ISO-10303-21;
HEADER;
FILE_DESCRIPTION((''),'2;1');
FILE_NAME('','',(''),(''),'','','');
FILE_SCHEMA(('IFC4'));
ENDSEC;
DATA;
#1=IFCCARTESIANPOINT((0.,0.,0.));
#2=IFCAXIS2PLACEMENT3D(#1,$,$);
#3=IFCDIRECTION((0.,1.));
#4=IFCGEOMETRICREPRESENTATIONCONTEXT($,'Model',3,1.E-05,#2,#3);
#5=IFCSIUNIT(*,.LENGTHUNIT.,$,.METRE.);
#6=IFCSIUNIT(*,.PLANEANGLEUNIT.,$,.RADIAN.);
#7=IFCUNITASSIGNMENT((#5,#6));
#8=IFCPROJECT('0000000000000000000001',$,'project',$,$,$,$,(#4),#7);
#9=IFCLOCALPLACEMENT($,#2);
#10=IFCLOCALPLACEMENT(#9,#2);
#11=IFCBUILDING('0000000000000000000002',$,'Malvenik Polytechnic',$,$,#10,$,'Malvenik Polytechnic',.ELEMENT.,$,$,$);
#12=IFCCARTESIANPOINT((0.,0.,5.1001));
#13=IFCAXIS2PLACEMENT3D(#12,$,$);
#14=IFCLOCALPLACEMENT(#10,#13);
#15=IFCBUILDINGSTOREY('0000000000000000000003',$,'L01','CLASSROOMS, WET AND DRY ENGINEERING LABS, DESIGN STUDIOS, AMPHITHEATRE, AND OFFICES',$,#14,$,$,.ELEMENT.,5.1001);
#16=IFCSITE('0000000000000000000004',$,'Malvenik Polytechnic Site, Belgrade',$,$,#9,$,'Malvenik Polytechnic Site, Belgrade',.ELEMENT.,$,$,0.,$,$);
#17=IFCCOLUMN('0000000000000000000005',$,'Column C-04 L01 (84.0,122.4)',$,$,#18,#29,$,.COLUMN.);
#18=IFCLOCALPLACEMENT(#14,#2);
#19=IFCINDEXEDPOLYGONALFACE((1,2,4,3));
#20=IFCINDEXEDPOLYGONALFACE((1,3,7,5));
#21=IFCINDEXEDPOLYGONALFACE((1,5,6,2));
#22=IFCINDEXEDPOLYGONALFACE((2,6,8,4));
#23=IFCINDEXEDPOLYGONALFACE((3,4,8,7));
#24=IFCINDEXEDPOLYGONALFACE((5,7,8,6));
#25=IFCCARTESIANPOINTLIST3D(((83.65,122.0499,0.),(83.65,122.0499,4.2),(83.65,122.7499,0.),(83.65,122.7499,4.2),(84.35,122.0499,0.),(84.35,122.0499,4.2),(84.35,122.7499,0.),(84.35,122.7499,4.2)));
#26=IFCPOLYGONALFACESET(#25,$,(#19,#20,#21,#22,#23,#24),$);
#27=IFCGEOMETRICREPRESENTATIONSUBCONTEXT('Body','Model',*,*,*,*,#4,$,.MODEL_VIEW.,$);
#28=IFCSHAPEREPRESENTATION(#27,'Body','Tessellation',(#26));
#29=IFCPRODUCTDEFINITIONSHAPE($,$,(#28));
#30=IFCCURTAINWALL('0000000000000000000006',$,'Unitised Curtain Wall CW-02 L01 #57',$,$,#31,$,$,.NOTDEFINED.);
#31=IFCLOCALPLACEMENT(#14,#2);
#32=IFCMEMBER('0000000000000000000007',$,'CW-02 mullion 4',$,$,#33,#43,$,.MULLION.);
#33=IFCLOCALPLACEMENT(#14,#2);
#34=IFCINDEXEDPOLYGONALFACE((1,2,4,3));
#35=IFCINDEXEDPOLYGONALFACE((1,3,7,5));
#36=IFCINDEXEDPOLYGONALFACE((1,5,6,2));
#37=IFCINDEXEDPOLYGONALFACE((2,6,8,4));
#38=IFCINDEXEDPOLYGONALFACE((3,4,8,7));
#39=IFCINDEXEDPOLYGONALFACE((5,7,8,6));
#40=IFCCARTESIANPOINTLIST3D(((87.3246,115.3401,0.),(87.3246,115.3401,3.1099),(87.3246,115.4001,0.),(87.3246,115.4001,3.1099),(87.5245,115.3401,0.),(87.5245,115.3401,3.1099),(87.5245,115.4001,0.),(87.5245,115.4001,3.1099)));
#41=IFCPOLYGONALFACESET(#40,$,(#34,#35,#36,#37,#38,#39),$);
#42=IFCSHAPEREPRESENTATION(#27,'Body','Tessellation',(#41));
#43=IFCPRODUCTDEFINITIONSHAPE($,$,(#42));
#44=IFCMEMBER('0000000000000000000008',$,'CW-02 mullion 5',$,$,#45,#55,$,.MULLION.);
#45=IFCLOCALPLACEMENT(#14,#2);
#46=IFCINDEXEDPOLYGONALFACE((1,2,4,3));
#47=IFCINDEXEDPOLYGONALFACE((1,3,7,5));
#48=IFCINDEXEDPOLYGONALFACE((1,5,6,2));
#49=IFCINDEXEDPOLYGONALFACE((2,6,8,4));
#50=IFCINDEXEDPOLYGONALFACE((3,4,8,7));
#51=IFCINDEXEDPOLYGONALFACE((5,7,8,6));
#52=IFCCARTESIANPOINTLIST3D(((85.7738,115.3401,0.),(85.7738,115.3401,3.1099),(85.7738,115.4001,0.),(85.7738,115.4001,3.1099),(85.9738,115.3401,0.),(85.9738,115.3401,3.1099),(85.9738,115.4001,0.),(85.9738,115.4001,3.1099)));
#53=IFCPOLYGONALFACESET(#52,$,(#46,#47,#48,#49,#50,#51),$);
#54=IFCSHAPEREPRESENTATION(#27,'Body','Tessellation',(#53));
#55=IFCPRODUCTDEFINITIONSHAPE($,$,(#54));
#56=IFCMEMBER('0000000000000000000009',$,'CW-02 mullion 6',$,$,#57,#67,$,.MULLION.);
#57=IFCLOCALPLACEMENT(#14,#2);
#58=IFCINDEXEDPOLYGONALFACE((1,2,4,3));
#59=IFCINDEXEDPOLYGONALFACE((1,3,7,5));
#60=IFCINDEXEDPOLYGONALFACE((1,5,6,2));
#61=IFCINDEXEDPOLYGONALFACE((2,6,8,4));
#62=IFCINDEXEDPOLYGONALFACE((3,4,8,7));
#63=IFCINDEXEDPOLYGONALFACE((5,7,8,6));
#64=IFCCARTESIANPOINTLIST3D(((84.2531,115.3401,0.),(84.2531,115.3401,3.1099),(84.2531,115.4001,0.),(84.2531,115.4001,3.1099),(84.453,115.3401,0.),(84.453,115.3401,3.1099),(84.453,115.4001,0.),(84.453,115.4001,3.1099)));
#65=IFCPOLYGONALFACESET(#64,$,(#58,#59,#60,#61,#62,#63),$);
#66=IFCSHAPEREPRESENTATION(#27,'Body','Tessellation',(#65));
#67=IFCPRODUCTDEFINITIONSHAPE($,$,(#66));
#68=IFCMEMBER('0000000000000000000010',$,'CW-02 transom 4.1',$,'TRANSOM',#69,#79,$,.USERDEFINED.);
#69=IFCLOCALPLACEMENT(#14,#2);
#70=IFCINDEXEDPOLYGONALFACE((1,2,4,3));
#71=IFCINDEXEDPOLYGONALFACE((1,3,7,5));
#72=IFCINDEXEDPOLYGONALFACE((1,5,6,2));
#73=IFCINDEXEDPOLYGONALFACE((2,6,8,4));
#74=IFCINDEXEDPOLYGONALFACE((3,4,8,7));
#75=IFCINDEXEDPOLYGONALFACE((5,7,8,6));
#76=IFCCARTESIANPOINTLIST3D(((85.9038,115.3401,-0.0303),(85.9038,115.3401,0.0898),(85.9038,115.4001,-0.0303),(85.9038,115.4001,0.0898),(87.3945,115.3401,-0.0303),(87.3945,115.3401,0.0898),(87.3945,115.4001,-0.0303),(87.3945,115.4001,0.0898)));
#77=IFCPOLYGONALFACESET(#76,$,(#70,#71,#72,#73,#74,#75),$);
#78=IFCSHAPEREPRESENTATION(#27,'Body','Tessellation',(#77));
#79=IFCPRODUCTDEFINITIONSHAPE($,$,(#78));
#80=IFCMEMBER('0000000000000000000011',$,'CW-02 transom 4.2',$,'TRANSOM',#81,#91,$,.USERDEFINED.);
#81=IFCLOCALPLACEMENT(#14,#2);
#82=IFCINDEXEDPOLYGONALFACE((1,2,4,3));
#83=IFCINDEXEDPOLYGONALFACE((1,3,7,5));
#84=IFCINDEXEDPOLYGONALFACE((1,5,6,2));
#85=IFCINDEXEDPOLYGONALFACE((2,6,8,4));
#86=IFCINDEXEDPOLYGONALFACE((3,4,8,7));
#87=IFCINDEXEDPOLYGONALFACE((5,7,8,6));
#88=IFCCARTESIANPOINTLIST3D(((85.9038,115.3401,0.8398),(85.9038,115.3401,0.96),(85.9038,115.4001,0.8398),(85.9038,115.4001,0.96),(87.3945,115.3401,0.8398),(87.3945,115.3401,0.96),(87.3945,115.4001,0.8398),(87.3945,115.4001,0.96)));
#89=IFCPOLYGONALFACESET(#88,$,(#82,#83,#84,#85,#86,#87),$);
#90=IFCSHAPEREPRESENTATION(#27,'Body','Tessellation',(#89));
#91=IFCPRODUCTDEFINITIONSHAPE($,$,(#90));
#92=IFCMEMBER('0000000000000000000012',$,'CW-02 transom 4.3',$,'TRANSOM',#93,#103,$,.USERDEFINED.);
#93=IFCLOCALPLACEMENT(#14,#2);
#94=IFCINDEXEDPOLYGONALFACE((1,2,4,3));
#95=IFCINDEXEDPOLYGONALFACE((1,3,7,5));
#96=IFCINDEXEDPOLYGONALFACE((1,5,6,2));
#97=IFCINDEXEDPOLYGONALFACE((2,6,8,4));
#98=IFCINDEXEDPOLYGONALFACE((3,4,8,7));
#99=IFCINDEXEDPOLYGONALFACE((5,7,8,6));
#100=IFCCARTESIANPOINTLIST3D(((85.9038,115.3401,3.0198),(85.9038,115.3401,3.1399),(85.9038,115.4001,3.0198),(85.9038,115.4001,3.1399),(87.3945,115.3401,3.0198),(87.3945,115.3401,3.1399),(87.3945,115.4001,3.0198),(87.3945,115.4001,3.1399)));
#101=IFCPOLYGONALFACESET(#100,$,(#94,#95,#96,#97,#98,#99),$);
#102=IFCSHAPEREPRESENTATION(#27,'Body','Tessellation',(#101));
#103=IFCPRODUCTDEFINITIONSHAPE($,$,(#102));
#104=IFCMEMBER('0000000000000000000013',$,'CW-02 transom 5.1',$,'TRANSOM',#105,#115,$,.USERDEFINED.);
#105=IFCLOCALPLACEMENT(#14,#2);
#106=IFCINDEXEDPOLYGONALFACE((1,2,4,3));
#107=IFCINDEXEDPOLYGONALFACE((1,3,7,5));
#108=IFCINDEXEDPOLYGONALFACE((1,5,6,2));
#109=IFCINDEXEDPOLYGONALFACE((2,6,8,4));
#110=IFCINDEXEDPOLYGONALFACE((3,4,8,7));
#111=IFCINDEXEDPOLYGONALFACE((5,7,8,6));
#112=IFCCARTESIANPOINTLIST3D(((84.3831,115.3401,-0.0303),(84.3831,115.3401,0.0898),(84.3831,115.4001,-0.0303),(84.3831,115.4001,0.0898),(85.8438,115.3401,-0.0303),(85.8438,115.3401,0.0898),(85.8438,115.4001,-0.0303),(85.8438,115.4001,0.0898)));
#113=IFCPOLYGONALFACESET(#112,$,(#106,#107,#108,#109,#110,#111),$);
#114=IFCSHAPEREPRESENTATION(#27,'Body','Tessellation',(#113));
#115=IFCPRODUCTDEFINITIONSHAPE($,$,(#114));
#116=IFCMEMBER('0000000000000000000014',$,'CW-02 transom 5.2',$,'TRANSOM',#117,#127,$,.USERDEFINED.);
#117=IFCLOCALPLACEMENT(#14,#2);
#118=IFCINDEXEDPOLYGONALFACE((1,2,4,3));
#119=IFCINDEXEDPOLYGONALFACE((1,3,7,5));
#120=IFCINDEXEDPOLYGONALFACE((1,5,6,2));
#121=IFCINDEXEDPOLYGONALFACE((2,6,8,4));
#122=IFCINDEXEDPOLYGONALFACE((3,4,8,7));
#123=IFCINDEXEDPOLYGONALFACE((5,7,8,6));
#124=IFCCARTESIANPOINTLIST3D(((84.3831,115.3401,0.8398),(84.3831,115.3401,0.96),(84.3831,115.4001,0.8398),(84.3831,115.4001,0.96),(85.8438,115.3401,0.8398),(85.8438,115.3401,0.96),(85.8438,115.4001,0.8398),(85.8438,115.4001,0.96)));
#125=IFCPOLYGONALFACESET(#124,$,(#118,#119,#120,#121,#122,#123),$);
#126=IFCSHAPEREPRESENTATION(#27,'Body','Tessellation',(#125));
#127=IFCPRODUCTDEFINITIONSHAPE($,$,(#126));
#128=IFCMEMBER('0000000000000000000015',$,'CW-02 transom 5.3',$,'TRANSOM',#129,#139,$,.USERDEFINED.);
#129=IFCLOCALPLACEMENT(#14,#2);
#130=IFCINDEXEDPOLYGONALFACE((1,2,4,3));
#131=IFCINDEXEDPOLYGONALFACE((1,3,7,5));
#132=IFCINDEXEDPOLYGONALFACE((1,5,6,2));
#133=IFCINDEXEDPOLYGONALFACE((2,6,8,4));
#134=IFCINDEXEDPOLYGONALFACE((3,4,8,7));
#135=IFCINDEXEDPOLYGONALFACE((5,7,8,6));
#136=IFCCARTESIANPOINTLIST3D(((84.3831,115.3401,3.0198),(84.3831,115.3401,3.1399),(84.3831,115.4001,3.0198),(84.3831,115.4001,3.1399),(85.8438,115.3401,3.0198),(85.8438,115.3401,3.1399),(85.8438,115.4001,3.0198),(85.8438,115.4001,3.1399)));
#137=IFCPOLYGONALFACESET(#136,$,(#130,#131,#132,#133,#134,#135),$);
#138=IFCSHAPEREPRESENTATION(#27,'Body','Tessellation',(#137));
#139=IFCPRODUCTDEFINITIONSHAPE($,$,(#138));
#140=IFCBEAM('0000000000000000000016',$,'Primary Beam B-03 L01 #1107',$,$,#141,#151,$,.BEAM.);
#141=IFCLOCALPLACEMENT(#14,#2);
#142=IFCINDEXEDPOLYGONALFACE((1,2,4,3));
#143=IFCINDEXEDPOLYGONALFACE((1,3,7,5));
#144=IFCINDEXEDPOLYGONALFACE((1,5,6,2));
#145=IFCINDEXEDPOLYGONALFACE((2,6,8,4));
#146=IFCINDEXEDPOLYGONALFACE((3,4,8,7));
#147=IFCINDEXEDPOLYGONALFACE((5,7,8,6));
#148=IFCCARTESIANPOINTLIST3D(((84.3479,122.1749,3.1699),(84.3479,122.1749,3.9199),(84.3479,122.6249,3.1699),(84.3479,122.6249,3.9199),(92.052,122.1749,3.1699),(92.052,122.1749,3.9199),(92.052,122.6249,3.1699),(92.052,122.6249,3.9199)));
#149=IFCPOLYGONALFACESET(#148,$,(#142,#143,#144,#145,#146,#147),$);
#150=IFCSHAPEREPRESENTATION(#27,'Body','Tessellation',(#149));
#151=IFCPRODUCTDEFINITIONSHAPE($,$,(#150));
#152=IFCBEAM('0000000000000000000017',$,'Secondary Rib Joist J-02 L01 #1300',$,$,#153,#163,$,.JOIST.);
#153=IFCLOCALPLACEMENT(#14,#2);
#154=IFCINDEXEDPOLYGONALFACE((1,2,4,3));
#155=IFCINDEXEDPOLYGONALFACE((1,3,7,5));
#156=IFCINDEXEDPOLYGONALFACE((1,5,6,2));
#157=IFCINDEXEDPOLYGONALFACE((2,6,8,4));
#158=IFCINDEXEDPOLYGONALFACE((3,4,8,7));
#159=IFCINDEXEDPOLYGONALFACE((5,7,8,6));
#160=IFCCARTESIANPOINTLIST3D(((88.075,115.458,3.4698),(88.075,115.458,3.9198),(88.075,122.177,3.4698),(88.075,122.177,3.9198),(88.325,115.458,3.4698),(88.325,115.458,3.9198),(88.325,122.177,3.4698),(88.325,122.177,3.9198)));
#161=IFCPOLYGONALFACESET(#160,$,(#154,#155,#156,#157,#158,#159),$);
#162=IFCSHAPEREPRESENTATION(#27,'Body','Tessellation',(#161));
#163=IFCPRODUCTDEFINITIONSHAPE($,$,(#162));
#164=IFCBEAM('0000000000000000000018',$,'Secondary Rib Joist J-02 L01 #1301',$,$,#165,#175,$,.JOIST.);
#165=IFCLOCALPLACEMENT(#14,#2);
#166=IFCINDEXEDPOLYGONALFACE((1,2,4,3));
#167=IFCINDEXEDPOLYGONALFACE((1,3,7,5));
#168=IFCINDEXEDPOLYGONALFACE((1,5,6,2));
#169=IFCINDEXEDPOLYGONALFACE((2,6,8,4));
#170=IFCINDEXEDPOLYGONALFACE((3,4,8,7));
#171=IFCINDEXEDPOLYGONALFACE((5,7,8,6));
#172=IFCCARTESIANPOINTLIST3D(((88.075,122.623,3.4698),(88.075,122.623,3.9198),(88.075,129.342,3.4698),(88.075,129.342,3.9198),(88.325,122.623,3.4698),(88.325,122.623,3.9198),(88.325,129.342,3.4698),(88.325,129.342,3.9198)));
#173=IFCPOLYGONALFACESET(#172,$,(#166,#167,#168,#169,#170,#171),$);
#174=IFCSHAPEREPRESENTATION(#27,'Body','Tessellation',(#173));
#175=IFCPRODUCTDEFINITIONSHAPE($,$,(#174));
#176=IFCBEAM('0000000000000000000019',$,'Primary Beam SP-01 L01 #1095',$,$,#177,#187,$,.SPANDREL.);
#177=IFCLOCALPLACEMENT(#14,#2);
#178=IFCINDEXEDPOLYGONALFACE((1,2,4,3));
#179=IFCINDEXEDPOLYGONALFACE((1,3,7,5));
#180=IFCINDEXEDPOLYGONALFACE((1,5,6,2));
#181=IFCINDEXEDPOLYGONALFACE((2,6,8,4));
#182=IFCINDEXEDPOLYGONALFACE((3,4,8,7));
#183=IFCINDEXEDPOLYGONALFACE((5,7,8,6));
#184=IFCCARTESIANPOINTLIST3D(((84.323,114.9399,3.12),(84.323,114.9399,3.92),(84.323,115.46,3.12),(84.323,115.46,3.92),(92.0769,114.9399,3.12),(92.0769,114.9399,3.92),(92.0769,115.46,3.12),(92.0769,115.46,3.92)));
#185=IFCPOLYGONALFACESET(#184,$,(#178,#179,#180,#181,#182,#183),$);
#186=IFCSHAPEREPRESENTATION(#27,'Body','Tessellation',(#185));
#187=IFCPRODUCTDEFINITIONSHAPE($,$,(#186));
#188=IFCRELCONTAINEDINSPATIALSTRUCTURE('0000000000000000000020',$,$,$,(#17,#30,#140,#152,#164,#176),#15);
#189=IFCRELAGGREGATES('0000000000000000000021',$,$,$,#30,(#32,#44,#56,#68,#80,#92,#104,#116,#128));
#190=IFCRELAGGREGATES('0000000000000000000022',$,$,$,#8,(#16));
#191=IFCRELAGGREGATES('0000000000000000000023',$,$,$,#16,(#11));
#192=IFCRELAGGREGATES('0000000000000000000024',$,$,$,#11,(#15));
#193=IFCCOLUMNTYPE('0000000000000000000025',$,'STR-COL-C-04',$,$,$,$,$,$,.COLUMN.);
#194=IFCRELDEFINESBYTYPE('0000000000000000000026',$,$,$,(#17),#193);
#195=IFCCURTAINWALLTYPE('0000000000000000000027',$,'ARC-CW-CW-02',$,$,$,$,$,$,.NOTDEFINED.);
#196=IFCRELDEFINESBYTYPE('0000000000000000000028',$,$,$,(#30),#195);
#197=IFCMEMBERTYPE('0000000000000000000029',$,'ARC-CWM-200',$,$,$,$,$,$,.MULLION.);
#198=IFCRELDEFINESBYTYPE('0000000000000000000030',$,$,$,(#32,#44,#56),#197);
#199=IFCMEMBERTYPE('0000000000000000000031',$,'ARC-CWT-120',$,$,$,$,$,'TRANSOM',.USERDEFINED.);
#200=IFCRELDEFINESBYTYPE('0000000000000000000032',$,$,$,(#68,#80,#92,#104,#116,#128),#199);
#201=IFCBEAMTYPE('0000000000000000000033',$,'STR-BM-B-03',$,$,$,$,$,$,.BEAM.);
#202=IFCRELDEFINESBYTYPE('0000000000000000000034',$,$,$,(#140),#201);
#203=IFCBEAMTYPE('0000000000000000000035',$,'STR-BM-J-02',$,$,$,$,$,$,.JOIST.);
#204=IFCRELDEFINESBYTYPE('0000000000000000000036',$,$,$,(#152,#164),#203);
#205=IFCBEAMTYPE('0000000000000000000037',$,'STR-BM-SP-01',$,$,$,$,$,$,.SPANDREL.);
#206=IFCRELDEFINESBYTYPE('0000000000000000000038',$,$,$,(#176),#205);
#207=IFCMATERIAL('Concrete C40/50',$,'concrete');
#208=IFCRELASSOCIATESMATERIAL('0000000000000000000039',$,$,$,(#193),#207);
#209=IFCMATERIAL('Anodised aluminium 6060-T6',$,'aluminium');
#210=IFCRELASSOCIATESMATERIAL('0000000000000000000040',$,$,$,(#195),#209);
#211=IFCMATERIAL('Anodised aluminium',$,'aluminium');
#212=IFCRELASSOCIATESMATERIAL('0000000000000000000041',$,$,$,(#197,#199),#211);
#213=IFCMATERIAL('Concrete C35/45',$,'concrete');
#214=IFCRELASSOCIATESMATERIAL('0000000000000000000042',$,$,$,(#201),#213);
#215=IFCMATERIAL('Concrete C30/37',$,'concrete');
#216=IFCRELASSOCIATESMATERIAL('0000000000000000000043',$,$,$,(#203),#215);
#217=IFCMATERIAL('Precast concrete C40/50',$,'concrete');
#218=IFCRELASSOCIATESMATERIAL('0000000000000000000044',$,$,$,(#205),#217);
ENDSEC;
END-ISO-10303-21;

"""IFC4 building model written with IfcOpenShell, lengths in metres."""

from ifc_helpers import new_model, si_unit, direction, frame, origin, origin_2d, place, context, subcontext, project, spatial, rectangle, extrude, material, material_profile, profile_set, type_object, element, aggregate, save


model = new_model("IFC4")

# Units and contexts
model_context = context("Model", 3, precision=1e-05, world=origin(), true_north=direction((0.0, 1.0)))
body_context = subcontext(model_context, "Body", "Model", "MODEL_VIEW")
ifc_project = project(units=[si_unit("LENGTHUNIT", "METRE"), si_unit("PLANEANGLEUNIT", "RADIAN")], contexts=[model_context])

# Site, building, storey
site_placement = place(None, origin())
site = spatial("IfcSite", under=ifc_project, at=site_placement, Name="Malvenik Polytechnic Site, Belgrade", LongName="Malvenik Polytechnic Site, Belgrade", CompositionType="ELEMENT", RefElevation=0.0)
building_placement = place(site_placement, origin())
building = spatial("IfcBuilding", under=site, at=building_placement, Name="Malvenik Polytechnic", LongName="Malvenik Polytechnic", CompositionType="ELEMENT")
storey_placement = place(building_placement, frame((0.0, 0.0, 5.1001)))
storey = spatial("IfcBuildingStorey", under=building, at=storey_placement, Name="L01", Description="CLASSROOMS, WET AND DRY ENGINEERING LABS, DESIGN STUDIOS, AMPHITHEATRE, AND OFFICES", CompositionType="ELEMENT", Elevation=5.1001)

# Column
ifc_material_1 = material(Name="Concrete C40/50", Category="concrete")
ifc_material_profile_1 = material_profile(ifc_material_1, rectangle(XDim=0.7, YDim=0.7, at=origin_2d()), Name="RC COL 700x700")
ifc_profile_set_1 = profile_set([ifc_material_profile_1], Name="Concrete C40/50")
column_type = type_object("IfcColumnType", Name="STR-COL-C-04", PredefinedType="COLUMN", material=ifc_profile_set_1)
column_placement = place(storey_placement, frame((84.0, 122.3999, 0.0), z_axis=(0.0, 0.0, 1.0), x_axis=(1.0, 0.0, 0.0)))
element("IfcColumn", 1, at=column_placement, inside=storey, type_object=column_type, Name="Column C-04 L01 (84.0,122.4)", PredefinedType="COLUMN", context=body_context, shape_type="SweptSolid", body=[
    extrude(rectangle(XDim=0.7, YDim=0.7, at=origin_2d()), origin(), (0.0, 0.0, 1.0), 4.2),
])

# Curtain wall, members
ifc_material_2 = material(Name="Anodised aluminium 6060-T6", Category="aluminium")
curtain_wall_type = type_object("IfcCurtainWallType", Name="ARC-CW-CW-02", PredefinedType="NOTDEFINED", material=ifc_material_2)
curtain_wall_placement = place(storey_placement, origin())
curtain_wall = element("IfcCurtainWall", 2, at=curtain_wall_placement, inside=storey, type_object=curtain_wall_type, Name="Unitised Curtain Wall CW-02 L01 #57", PredefinedType="NOTDEFINED")
ifc_material_3 = material(Name="Anodised aluminium", Category="aluminium")
ifc_material_profile_2 = material_profile(ifc_material_3, rectangle(XDim=0.0601, YDim=0.2, at=origin_2d()), Name="ALU MULLION 60x200")
ifc_profile_set_2 = profile_set([ifc_material_profile_2], Name="Anodised aluminium")
member_type_1 = type_object("IfcMemberType", Name="ARC-CWM-200", PredefinedType="MULLION", material=ifc_profile_set_2)
member_1_placement = place(storey_placement, frame((87.4246, 115.3701, 0.0), z_axis=(0.0, 0.0, 1.0), x_axis=(0.0, -1.0, 0.0)))
member_1 = element("IfcMember", 3, at=member_1_placement, type_object=member_type_1, Name="CW-02 mullion 4", PredefinedType="MULLION", context=body_context, shape_type="SweptSolid", body=[
    extrude(rectangle(XDim=0.0601, YDim=0.2, at=origin_2d()), origin(), (0.0, 0.0, 1.0), 3.1099),
])
member_2_placement = place(storey_placement, frame((85.8738, 115.3701, 0.0), z_axis=(0.0, 0.0, 1.0), x_axis=(0.0, -1.0, 0.0)))
member_2 = element("IfcMember", 4, at=member_2_placement, type_object=member_type_1, Name="CW-02 mullion 5", PredefinedType="MULLION", context=body_context, shape_type="SweptSolid", body=[
    extrude(rectangle(XDim=0.0601, YDim=0.2, at=origin_2d()), origin(), (0.0, 0.0, 1.0), 3.1099),
])
member_3_placement = place(storey_placement, frame((84.353, 115.3701, 0.0), z_axis=(0.0, 0.0, 1.0), x_axis=(0.0, -1.0, 0.0)))
member_3 = element("IfcMember", 5, at=member_3_placement, type_object=member_type_1, Name="CW-02 mullion 6", PredefinedType="MULLION", context=body_context, shape_type="SweptSolid", body=[
    extrude(rectangle(XDim=0.0601, YDim=0.2, at=origin_2d()), origin(), (0.0, 0.0, 1.0), 3.1099),
])
ifc_material_profile_3 = material_profile(ifc_material_3, rectangle(XDim=0.0601, YDim=0.1201, at=origin_2d()), Name="ALU TRANSOM 60x120")
ifc_profile_set_3 = profile_set([ifc_material_profile_3], Name="Anodised aluminium")
member_type_2 = type_object("IfcMemberType", Name="ARC-CWT-120", ElementType="TRANSOM", PredefinedType="USERDEFINED", material=ifc_profile_set_3)
member_4_placement = place(storey_placement, frame((87.3945, 115.3701, 0.0298), z_axis=(-1.0, 0.0, 0.0), x_axis=(0.0, -1.0, 0.0)))
member_4 = element("IfcMember", 6, at=member_4_placement, type_object=member_type_2, Name="CW-02 transom 4.1", ObjectType="TRANSOM", PredefinedType="USERDEFINED", context=body_context, shape_type="SweptSolid", body=[
    extrude(rectangle(XDim=0.0601, YDim=0.1201, at=origin_2d()), origin(), (0.0, 0.0, 1.0), 1.4907),
])
member_5_placement = place(storey_placement, frame((87.3945, 115.3701, 0.8999), z_axis=(-1.0, 0.0, 0.0), x_axis=(0.0, -1.0, 0.0)))
member_5 = element("IfcMember", 7, at=member_5_placement, type_object=member_type_2, Name="CW-02 transom 4.2", ObjectType="TRANSOM", PredefinedType="USERDEFINED", context=body_context, shape_type="SweptSolid", body=[
    extrude(rectangle(XDim=0.0601, YDim=0.1201, at=origin_2d()), origin(), (0.0, 0.0, 1.0), 1.4907),
])
member_6_placement = place(storey_placement, frame((87.3945, 115.3701, 3.0798), z_axis=(-1.0, 0.0, 0.0), x_axis=(0.0, -1.0, 0.0)))
member_6 = element("IfcMember", 8, at=member_6_placement, type_object=member_type_2, Name="CW-02 transom 4.3", ObjectType="TRANSOM", PredefinedType="USERDEFINED", context=body_context, shape_type="SweptSolid", body=[
    extrude(rectangle(XDim=0.0601, YDim=0.1201, at=origin_2d()), origin(), (0.0, 0.0, 1.0), 1.4907),
])
member_7_placement = place(storey_placement, frame((85.8438, 115.3701, 0.0298), z_axis=(-1.0, 0.0, 0.0), x_axis=(0.0, -1.0, 0.0)))
member_7 = element("IfcMember", 9, at=member_7_placement, type_object=member_type_2, Name="CW-02 transom 5.1", ObjectType="TRANSOM", PredefinedType="USERDEFINED", context=body_context, shape_type="SweptSolid", body=[
    extrude(rectangle(XDim=0.0601, YDim=0.1201, at=origin_2d()), origin(), (0.0, 0.0, 1.0), 1.4607),
])
member_8_placement = place(storey_placement, frame((85.8438, 115.3701, 0.8999), z_axis=(-1.0, 0.0, 0.0), x_axis=(0.0, -1.0, 0.0)))
member_8 = element("IfcMember", 10, at=member_8_placement, type_object=member_type_2, Name="CW-02 transom 5.2", ObjectType="TRANSOM", PredefinedType="USERDEFINED", context=body_context, shape_type="SweptSolid", body=[
    extrude(rectangle(XDim=0.0601, YDim=0.1201, at=origin_2d()), origin(), (0.0, 0.0, 1.0), 1.4607),
])
member_9_placement = place(storey_placement, frame((85.8438, 115.3701, 3.0798), z_axis=(-1.0, 0.0, 0.0), x_axis=(0.0, -1.0, 0.0)))
member_9 = element("IfcMember", 11, at=member_9_placement, type_object=member_type_2, Name="CW-02 transom 5.3", ObjectType="TRANSOM", PredefinedType="USERDEFINED", context=body_context, shape_type="SweptSolid", body=[
    extrude(rectangle(XDim=0.0601, YDim=0.1201, at=origin_2d()), origin(), (0.0, 0.0, 1.0), 1.4607),
])

# Beams
ifc_material_4 = material(Name="Concrete C35/45", Category="concrete")
ifc_material_profile_4 = material_profile(ifc_material_4, rectangle(XDim=0.45, YDim=0.75, at=origin_2d()), Name="RC BM 450x750")
ifc_profile_set_4 = profile_set([ifc_material_profile_4], Name="Concrete C35/45")
beam_type_1 = type_object("IfcBeamType", Name="STR-BM-B-03", PredefinedType="BEAM", material=ifc_profile_set_4)
beam_1_placement = place(storey_placement, frame((84.3479, 122.3999, 3.5449), z_axis=(1.0, 0.0, 0.0), x_axis=(0.0, 1.0, 0.0)))
element("IfcBeam", 12, at=beam_1_placement, inside=storey, type_object=beam_type_1, Name="Primary Beam B-03 L01 #1107", PredefinedType="BEAM", context=body_context, shape_type="SweptSolid", body=[
    extrude(rectangle(XDim=0.45, YDim=0.75, at=origin_2d()), origin(), (0.0, 0.0, 1.0), 7.7041),
])
ifc_material_5 = material(Name="Concrete C30/37", Category="concrete")
ifc_material_profile_5 = material_profile(ifc_material_5, rectangle(XDim=0.25, YDim=0.45, at=origin_2d()), Name="RC JST 250x450")
ifc_profile_set_5 = profile_set([ifc_material_profile_5], Name="Concrete C30/37")
beam_type_2 = type_object("IfcBeamType", Name="STR-BM-J-02", PredefinedType="JOIST", material=ifc_profile_set_5)
for number, where, z_axis, x_axis, name in (
    (13, (88.2, 115.458, 3.6948), (0.0, 1.0, 0.0), (-1.0, 0.0, 0.0), "Secondary Rib Joist J-02 L01 #1300"),
    (14, (88.2, 122.623, 3.6948), (0.0, 1.0, 0.0), (-1.0, 0.0, 0.0), "Secondary Rib Joist J-02 L01 #1301"),
):
    element("IfcBeam", number, at=place(storey_placement, frame(where, z_axis=z_axis, x_axis=x_axis)), inside=storey, type_object=beam_type_2, Name=name, PredefinedType="JOIST", context=body_context, shape_type="SweptSolid", body=[
        extrude(rectangle(XDim=0.25, YDim=0.45, at=origin_2d()), origin(), (0.0, 0.0, 1.0), 6.719),
    ])
ifc_material_6 = material(Name="Precast concrete C40/50", Category="concrete")
ifc_material_profile_6 = material_profile(ifc_material_6, rectangle(XDim=0.52, YDim=0.8, at=origin_2d()), Name="PC SPN 520x800")
ifc_profile_set_6 = profile_set([ifc_material_profile_6], Name="Precast concrete C40/50")
beam_type_3 = type_object("IfcBeamType", Name="STR-BM-SP-01", PredefinedType="SPANDREL", material=ifc_profile_set_6)
beam_2_placement = place(storey_placement, frame((84.323, 115.2, 3.52), z_axis=(1.0, 0.0, 0.0), x_axis=(0.0, 1.0, 0.0)))
element("IfcBeam", 15, at=beam_2_placement, inside=storey, type_object=beam_type_3, Name="Primary Beam SP-01 L01 #1095", PredefinedType="SPANDREL", context=body_context, shape_type="SweptSolid", body=[
    extrude(rectangle(XDim=0.52, YDim=0.8, at=origin_2d()), origin(), (0.0, 0.0, 1.0), 7.7539),
])

aggregate(curtain_wall, [member_1, member_2, member_3, member_4, member_5, member_6, member_7, member_8, member_9])

save(model, "model.ifc")
